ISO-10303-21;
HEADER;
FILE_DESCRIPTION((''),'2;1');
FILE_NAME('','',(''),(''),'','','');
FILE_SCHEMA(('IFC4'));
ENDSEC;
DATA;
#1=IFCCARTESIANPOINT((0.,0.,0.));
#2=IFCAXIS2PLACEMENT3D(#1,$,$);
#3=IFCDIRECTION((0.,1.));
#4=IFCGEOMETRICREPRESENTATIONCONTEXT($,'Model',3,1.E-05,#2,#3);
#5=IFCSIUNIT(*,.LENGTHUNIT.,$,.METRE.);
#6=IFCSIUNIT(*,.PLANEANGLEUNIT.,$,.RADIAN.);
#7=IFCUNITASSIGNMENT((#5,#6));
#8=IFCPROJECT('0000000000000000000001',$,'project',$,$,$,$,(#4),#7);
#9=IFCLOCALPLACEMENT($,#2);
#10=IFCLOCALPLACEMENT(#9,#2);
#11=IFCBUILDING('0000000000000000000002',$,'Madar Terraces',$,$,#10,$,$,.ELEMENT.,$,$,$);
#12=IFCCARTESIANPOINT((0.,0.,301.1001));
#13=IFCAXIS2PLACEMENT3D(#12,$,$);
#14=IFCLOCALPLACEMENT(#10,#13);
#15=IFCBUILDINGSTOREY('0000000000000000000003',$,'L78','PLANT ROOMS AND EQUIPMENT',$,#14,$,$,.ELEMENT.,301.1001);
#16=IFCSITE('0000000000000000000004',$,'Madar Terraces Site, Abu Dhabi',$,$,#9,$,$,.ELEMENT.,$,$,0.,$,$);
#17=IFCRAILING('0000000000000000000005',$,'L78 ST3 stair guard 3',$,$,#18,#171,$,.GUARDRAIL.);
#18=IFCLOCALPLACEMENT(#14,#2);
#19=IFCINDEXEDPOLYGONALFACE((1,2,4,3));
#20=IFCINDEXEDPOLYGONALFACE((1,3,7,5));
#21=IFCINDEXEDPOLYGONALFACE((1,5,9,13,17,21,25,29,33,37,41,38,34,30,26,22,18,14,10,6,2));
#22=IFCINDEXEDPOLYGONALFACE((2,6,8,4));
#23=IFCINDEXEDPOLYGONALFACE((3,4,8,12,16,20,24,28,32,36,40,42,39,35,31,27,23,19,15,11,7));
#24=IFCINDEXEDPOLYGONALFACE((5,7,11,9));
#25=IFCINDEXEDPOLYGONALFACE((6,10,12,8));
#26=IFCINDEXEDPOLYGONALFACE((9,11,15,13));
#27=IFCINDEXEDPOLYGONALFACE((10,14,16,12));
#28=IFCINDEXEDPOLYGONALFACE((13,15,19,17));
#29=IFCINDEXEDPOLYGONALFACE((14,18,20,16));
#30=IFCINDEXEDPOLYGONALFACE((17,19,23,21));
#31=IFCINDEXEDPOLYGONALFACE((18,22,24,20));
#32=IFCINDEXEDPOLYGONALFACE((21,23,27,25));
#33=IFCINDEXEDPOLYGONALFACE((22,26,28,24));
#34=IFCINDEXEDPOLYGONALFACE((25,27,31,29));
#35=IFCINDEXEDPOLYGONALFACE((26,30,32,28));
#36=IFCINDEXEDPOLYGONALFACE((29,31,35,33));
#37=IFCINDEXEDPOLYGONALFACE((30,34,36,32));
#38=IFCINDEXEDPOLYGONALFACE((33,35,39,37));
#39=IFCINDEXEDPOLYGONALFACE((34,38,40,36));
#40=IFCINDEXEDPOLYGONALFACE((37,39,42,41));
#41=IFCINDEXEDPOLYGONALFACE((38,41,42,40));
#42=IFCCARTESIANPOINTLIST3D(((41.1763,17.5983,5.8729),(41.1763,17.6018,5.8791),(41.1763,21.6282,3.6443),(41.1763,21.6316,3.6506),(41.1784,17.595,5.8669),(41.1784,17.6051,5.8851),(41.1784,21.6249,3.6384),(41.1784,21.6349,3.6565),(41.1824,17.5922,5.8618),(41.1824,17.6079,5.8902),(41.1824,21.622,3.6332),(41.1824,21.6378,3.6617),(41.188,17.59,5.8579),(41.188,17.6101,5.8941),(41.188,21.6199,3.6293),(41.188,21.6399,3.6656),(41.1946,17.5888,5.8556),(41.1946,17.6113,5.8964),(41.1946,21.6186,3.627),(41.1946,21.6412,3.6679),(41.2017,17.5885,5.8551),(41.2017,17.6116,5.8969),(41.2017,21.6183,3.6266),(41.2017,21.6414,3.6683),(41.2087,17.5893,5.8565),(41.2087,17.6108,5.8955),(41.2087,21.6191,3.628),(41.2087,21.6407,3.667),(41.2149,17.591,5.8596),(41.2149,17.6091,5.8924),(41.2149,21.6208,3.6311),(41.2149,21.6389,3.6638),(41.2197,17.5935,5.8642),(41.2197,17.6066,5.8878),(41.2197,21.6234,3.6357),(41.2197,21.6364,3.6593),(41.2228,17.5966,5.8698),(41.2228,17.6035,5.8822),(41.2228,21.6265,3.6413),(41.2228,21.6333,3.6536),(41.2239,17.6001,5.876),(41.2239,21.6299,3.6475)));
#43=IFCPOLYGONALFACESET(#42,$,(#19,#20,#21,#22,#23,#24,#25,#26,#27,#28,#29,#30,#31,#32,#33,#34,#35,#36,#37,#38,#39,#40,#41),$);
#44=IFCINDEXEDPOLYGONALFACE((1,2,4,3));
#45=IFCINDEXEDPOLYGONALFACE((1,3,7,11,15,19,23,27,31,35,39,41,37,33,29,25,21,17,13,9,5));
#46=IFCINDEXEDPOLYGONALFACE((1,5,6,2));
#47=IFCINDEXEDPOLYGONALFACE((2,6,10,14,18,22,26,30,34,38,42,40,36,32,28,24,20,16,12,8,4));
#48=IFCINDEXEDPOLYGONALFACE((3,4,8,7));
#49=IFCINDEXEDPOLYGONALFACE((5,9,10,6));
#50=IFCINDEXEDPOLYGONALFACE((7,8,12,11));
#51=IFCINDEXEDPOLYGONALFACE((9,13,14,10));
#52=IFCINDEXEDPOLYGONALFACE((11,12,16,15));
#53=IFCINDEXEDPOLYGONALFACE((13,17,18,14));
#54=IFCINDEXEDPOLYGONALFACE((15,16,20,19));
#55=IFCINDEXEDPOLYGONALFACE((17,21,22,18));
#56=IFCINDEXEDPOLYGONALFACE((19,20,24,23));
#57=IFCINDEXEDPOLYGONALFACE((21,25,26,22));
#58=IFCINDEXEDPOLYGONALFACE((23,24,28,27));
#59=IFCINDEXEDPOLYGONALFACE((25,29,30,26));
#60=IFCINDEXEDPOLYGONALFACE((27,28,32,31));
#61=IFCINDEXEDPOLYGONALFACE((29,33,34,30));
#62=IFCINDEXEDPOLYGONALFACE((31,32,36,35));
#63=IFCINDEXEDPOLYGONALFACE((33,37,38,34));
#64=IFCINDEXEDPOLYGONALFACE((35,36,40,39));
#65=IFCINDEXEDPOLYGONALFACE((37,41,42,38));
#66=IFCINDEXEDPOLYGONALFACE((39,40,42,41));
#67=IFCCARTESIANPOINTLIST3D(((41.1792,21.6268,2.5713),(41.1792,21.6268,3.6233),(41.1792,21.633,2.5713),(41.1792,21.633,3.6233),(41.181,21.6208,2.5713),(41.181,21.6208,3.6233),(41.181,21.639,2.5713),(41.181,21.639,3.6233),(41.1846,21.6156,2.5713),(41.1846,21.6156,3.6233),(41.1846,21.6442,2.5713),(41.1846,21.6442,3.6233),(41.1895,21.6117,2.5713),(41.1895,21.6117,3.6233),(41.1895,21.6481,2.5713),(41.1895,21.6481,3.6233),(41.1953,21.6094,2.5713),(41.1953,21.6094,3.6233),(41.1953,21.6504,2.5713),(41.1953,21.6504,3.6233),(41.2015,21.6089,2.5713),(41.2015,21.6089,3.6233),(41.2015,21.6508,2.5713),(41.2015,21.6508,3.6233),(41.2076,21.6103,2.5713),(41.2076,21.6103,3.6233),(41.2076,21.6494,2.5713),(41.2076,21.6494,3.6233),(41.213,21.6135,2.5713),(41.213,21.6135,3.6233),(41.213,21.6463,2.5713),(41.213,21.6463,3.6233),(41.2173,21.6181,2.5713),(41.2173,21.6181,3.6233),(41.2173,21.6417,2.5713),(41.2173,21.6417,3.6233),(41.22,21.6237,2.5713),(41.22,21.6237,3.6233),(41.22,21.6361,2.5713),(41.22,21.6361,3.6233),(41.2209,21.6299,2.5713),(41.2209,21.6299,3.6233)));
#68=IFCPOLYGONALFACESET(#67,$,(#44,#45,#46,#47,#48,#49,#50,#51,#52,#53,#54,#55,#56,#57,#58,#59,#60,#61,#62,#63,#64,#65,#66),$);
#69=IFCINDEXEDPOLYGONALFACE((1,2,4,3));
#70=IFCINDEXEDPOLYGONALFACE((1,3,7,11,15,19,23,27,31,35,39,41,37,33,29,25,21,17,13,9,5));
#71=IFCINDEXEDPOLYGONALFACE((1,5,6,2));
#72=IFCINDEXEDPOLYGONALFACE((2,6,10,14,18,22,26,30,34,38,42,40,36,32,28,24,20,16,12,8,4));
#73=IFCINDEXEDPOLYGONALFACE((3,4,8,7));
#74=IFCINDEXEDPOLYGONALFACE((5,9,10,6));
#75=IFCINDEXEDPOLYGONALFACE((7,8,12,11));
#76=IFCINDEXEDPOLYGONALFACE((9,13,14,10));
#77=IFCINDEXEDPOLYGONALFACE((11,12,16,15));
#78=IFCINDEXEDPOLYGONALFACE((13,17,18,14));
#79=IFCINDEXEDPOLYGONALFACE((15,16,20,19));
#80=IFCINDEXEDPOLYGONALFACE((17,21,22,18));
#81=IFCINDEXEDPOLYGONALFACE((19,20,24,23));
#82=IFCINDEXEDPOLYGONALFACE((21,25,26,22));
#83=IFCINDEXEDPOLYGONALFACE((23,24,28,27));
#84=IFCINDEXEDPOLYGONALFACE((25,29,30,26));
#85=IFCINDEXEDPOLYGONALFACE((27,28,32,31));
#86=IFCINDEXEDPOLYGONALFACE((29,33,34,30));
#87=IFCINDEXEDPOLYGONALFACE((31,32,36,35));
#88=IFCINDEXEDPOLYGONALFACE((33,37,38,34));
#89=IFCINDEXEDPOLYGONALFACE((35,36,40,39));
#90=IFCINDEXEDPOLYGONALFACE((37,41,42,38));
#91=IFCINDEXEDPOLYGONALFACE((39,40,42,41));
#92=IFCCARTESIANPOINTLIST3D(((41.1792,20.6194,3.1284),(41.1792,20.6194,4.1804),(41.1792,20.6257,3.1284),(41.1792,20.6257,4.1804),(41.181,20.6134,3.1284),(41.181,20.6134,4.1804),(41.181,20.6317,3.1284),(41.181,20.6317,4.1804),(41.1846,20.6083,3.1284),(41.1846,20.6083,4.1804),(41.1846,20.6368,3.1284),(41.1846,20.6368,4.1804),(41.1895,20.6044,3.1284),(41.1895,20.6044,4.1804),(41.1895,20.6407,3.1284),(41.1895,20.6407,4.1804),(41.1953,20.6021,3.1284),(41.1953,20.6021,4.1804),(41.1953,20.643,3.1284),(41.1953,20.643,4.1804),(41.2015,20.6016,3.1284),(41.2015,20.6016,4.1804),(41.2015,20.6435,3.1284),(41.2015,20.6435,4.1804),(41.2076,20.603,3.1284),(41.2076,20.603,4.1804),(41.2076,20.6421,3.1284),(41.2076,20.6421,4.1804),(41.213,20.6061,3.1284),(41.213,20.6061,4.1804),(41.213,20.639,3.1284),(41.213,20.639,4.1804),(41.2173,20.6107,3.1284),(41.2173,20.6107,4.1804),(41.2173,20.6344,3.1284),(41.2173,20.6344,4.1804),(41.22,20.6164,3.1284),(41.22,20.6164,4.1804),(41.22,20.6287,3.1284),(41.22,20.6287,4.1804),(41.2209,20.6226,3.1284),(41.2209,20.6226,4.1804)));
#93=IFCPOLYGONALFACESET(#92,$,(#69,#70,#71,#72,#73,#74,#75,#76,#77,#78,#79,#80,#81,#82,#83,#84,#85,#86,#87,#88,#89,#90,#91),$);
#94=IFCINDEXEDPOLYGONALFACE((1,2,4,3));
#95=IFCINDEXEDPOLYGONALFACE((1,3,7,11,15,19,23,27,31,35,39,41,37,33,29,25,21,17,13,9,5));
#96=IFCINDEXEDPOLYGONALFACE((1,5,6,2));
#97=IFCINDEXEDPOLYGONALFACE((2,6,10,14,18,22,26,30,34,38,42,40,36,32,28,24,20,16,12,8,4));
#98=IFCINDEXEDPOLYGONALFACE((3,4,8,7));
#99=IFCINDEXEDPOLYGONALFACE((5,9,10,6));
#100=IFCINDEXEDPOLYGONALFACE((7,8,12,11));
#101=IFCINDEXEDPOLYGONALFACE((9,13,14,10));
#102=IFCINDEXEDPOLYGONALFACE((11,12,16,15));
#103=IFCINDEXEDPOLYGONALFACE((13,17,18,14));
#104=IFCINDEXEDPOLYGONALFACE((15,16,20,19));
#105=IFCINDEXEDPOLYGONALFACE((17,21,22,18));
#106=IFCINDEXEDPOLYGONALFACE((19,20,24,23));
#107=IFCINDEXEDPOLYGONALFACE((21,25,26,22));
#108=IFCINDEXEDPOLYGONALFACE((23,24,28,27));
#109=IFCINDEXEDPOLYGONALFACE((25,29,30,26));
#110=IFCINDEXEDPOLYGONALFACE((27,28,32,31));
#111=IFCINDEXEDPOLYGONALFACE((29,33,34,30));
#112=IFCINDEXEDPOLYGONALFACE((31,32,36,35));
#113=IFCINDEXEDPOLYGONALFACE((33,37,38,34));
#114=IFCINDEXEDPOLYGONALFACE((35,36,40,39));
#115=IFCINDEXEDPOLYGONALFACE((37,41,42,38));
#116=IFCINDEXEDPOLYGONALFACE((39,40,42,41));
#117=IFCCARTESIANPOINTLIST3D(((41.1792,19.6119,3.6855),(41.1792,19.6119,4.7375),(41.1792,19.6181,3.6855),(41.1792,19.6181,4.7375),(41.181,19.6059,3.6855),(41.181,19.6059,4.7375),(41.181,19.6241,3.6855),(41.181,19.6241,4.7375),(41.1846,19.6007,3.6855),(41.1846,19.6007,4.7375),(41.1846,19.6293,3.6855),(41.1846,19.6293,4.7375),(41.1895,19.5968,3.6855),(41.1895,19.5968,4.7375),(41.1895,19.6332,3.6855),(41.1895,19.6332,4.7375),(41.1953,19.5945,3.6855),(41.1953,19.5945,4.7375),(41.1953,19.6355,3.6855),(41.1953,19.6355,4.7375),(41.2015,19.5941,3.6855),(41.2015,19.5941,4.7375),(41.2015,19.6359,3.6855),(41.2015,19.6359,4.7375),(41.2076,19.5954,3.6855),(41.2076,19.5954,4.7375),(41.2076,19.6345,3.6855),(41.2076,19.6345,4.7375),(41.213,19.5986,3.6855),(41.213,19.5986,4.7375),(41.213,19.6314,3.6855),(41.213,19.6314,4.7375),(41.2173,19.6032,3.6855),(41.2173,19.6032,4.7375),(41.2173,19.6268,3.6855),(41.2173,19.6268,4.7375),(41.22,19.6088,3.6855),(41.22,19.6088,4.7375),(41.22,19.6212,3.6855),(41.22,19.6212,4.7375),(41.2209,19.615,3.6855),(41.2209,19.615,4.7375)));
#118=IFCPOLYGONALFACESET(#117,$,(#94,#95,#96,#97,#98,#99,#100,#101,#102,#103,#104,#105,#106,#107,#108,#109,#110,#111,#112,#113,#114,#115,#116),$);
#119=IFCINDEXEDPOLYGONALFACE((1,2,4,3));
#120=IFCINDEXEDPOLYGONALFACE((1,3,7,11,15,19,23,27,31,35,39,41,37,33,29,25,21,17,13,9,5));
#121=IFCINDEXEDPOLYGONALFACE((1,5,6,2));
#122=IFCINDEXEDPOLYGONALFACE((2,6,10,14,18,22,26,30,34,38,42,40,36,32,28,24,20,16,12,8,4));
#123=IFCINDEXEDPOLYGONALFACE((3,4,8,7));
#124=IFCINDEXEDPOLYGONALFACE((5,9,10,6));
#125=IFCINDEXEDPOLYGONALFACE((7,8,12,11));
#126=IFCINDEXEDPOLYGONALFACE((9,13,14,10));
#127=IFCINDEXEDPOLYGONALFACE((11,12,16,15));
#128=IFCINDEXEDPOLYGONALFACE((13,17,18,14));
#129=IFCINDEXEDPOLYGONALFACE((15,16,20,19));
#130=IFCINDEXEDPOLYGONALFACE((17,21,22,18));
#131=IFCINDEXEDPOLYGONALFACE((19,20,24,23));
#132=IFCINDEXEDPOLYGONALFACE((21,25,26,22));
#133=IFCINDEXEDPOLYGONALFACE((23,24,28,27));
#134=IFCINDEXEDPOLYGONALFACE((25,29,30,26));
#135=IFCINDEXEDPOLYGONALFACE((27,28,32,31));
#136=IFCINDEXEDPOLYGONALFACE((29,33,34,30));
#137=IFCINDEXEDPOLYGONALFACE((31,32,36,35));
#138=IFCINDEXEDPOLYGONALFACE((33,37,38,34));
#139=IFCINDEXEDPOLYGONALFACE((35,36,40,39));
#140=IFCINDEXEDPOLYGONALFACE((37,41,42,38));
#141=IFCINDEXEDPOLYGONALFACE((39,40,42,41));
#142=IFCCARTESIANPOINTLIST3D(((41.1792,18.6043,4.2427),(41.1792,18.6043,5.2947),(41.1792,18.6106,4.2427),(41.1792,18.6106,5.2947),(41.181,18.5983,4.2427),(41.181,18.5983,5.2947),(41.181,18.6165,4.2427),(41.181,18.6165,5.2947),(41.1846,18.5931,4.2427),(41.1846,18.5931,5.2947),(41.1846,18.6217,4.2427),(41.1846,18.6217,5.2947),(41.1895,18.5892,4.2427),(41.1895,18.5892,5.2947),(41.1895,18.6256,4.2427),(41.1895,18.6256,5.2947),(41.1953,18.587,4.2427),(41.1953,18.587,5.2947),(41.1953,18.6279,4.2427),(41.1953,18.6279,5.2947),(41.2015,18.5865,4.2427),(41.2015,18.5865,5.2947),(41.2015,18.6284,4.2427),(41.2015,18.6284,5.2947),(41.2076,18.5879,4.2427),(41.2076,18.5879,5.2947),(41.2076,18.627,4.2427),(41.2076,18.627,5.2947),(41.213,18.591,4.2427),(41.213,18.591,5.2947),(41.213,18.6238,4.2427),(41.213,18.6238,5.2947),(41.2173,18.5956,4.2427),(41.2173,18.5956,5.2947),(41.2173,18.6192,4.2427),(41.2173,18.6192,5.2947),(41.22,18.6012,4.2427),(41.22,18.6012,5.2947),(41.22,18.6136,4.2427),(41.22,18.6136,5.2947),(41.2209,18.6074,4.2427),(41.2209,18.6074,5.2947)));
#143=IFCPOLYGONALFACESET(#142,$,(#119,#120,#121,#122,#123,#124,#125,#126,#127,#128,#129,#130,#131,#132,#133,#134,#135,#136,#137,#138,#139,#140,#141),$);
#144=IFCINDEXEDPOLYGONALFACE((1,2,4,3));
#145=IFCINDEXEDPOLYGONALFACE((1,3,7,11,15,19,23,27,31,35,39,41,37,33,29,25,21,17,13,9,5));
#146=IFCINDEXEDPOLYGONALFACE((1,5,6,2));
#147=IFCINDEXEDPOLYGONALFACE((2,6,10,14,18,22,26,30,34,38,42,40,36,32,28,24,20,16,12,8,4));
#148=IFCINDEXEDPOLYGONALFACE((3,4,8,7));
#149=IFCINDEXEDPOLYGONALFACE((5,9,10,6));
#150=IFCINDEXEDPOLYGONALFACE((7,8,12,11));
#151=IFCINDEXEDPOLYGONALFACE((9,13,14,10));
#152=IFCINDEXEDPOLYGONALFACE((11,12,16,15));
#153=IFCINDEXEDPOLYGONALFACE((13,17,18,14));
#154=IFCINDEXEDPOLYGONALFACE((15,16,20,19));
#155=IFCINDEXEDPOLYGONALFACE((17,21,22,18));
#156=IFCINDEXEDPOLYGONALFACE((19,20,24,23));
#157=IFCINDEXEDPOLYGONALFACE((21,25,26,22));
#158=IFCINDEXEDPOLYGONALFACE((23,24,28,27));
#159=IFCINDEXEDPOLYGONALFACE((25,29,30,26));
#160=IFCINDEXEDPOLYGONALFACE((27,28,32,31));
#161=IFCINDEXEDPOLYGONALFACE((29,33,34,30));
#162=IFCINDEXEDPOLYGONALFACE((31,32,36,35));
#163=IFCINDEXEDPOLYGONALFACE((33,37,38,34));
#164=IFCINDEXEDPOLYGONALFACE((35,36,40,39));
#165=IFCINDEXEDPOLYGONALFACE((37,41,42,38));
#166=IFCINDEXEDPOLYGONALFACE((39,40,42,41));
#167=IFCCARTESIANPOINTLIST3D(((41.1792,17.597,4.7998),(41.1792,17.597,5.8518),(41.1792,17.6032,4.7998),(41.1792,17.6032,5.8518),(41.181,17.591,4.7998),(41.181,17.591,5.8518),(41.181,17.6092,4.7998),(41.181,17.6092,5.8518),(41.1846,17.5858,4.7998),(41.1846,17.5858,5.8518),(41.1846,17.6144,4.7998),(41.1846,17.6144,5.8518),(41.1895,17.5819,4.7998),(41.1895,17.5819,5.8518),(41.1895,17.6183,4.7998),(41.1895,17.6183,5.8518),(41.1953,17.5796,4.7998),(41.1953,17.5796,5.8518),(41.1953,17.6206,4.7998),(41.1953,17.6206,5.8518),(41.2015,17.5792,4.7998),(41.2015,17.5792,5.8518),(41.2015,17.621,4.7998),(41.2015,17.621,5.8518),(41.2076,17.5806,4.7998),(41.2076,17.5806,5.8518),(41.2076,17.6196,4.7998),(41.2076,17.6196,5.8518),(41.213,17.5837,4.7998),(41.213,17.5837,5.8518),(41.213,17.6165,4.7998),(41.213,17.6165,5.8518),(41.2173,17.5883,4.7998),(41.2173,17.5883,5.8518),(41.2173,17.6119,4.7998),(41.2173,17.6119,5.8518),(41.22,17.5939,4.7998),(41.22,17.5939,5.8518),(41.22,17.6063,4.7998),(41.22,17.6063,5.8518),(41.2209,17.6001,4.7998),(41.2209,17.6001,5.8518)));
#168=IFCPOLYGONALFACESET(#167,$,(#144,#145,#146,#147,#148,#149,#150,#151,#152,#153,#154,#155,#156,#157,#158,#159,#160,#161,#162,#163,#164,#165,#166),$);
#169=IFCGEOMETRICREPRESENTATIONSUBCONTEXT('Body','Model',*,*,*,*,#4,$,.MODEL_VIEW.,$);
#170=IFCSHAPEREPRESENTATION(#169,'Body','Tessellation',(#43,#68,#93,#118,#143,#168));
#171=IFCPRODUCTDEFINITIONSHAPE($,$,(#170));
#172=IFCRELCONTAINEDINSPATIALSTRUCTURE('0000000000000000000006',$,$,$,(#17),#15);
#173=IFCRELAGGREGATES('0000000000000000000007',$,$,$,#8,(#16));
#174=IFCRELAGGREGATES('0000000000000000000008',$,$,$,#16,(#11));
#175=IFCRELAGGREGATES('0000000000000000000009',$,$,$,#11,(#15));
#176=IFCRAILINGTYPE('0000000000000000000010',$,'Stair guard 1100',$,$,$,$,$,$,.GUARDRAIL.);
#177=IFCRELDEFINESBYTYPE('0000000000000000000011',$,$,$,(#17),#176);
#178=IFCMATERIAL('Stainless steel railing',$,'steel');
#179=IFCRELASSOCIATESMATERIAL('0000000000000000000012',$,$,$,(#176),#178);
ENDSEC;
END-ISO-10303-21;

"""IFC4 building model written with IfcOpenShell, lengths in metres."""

from ifc_helpers import new_model, si_unit, direction, frame, origin, origin_2d, place, context, subcontext, project, spatial, circle, extrude, material, type_object, element, save


model = new_model("IFC4")

# Units and contexts
model_context = context("Model", 3, precision=1e-05, world=origin(), true_north=direction((0.0, 1.0)))
body_context = subcontext(model_context, "Body", "Model", "MODEL_VIEW")
ifc_project = project(units=[si_unit("LENGTHUNIT", "METRE"), si_unit("PLANEANGLEUNIT", "RADIAN")], contexts=[model_context])

# Site, building, storey
site_placement = place(None, origin())
site = spatial("IfcSite", under=ifc_project, at=site_placement, Name="Madar Terraces Site, Abu Dhabi", CompositionType="ELEMENT", RefElevation=0.0)
building_placement = place(site_placement, origin())
building = spatial("IfcBuilding", under=site, at=building_placement, Name="Madar Terraces", CompositionType="ELEMENT")
storey_placement = place(building_placement, frame((0.0, 0.0, 301.1001)))
storey = spatial("IfcBuildingStorey", under=building, at=storey_placement, Name="L78", Description="PLANT ROOMS AND EQUIPMENT", CompositionType="ELEMENT", Elevation=301.1001)

# Railing
ifc_material_1 = material(Name="Stainless steel railing", Category="steel")
railing_type_1 = type_object("IfcRailingType", Name="Stair guard 1100", PredefinedType="GUARDRAIL", material=ifc_material_1)
railing_1_placement = place(storey_placement, frame((41.2, 21.6299, 2.5713)))
element("IfcRailing", 1, at=railing_1_placement, inside=storey, type_object=railing_type_1, Name="L78 ST3 stair guard 3", PredefinedType="GUARDRAIL", context=body_context, shape_type="SweptSolid", body=[
    extrude(circle(Radius=0.0239, at=origin_2d()), frame((0.0, 0.0, 1.0762), z_axis=(0.0, -0.875101, 0.48394), x_axis=(1.0, 0.0, 0.0)), (0.0, 0.0, 1.0), 4.605),
    extrude(circle(Radius=0.021, at=origin_2d()), origin(), (0.0, 0.0, 1.0), 1.052),
    extrude(circle(Radius=0.021, at=origin_2d()), frame((0.0, -1.0073, 0.5571)), (0.0, 0.0, 1.0), 1.052),
    extrude(circle(Radius=0.021, at=origin_2d()), frame((0.0, -2.0149, 1.1143)), (0.0, 0.0, 1.0), 1.052),
    extrude(circle(Radius=0.021, at=origin_2d()), frame((0.0, -3.0225, 1.6714)), (0.0, 0.0, 1.0), 1.052),
    extrude(circle(Radius=0.021, at=origin_2d()), frame((0.0, -4.0298, 2.2285)), (0.0, 0.0, 1.0), 1.052),
])

save(model, "model.ifc")
